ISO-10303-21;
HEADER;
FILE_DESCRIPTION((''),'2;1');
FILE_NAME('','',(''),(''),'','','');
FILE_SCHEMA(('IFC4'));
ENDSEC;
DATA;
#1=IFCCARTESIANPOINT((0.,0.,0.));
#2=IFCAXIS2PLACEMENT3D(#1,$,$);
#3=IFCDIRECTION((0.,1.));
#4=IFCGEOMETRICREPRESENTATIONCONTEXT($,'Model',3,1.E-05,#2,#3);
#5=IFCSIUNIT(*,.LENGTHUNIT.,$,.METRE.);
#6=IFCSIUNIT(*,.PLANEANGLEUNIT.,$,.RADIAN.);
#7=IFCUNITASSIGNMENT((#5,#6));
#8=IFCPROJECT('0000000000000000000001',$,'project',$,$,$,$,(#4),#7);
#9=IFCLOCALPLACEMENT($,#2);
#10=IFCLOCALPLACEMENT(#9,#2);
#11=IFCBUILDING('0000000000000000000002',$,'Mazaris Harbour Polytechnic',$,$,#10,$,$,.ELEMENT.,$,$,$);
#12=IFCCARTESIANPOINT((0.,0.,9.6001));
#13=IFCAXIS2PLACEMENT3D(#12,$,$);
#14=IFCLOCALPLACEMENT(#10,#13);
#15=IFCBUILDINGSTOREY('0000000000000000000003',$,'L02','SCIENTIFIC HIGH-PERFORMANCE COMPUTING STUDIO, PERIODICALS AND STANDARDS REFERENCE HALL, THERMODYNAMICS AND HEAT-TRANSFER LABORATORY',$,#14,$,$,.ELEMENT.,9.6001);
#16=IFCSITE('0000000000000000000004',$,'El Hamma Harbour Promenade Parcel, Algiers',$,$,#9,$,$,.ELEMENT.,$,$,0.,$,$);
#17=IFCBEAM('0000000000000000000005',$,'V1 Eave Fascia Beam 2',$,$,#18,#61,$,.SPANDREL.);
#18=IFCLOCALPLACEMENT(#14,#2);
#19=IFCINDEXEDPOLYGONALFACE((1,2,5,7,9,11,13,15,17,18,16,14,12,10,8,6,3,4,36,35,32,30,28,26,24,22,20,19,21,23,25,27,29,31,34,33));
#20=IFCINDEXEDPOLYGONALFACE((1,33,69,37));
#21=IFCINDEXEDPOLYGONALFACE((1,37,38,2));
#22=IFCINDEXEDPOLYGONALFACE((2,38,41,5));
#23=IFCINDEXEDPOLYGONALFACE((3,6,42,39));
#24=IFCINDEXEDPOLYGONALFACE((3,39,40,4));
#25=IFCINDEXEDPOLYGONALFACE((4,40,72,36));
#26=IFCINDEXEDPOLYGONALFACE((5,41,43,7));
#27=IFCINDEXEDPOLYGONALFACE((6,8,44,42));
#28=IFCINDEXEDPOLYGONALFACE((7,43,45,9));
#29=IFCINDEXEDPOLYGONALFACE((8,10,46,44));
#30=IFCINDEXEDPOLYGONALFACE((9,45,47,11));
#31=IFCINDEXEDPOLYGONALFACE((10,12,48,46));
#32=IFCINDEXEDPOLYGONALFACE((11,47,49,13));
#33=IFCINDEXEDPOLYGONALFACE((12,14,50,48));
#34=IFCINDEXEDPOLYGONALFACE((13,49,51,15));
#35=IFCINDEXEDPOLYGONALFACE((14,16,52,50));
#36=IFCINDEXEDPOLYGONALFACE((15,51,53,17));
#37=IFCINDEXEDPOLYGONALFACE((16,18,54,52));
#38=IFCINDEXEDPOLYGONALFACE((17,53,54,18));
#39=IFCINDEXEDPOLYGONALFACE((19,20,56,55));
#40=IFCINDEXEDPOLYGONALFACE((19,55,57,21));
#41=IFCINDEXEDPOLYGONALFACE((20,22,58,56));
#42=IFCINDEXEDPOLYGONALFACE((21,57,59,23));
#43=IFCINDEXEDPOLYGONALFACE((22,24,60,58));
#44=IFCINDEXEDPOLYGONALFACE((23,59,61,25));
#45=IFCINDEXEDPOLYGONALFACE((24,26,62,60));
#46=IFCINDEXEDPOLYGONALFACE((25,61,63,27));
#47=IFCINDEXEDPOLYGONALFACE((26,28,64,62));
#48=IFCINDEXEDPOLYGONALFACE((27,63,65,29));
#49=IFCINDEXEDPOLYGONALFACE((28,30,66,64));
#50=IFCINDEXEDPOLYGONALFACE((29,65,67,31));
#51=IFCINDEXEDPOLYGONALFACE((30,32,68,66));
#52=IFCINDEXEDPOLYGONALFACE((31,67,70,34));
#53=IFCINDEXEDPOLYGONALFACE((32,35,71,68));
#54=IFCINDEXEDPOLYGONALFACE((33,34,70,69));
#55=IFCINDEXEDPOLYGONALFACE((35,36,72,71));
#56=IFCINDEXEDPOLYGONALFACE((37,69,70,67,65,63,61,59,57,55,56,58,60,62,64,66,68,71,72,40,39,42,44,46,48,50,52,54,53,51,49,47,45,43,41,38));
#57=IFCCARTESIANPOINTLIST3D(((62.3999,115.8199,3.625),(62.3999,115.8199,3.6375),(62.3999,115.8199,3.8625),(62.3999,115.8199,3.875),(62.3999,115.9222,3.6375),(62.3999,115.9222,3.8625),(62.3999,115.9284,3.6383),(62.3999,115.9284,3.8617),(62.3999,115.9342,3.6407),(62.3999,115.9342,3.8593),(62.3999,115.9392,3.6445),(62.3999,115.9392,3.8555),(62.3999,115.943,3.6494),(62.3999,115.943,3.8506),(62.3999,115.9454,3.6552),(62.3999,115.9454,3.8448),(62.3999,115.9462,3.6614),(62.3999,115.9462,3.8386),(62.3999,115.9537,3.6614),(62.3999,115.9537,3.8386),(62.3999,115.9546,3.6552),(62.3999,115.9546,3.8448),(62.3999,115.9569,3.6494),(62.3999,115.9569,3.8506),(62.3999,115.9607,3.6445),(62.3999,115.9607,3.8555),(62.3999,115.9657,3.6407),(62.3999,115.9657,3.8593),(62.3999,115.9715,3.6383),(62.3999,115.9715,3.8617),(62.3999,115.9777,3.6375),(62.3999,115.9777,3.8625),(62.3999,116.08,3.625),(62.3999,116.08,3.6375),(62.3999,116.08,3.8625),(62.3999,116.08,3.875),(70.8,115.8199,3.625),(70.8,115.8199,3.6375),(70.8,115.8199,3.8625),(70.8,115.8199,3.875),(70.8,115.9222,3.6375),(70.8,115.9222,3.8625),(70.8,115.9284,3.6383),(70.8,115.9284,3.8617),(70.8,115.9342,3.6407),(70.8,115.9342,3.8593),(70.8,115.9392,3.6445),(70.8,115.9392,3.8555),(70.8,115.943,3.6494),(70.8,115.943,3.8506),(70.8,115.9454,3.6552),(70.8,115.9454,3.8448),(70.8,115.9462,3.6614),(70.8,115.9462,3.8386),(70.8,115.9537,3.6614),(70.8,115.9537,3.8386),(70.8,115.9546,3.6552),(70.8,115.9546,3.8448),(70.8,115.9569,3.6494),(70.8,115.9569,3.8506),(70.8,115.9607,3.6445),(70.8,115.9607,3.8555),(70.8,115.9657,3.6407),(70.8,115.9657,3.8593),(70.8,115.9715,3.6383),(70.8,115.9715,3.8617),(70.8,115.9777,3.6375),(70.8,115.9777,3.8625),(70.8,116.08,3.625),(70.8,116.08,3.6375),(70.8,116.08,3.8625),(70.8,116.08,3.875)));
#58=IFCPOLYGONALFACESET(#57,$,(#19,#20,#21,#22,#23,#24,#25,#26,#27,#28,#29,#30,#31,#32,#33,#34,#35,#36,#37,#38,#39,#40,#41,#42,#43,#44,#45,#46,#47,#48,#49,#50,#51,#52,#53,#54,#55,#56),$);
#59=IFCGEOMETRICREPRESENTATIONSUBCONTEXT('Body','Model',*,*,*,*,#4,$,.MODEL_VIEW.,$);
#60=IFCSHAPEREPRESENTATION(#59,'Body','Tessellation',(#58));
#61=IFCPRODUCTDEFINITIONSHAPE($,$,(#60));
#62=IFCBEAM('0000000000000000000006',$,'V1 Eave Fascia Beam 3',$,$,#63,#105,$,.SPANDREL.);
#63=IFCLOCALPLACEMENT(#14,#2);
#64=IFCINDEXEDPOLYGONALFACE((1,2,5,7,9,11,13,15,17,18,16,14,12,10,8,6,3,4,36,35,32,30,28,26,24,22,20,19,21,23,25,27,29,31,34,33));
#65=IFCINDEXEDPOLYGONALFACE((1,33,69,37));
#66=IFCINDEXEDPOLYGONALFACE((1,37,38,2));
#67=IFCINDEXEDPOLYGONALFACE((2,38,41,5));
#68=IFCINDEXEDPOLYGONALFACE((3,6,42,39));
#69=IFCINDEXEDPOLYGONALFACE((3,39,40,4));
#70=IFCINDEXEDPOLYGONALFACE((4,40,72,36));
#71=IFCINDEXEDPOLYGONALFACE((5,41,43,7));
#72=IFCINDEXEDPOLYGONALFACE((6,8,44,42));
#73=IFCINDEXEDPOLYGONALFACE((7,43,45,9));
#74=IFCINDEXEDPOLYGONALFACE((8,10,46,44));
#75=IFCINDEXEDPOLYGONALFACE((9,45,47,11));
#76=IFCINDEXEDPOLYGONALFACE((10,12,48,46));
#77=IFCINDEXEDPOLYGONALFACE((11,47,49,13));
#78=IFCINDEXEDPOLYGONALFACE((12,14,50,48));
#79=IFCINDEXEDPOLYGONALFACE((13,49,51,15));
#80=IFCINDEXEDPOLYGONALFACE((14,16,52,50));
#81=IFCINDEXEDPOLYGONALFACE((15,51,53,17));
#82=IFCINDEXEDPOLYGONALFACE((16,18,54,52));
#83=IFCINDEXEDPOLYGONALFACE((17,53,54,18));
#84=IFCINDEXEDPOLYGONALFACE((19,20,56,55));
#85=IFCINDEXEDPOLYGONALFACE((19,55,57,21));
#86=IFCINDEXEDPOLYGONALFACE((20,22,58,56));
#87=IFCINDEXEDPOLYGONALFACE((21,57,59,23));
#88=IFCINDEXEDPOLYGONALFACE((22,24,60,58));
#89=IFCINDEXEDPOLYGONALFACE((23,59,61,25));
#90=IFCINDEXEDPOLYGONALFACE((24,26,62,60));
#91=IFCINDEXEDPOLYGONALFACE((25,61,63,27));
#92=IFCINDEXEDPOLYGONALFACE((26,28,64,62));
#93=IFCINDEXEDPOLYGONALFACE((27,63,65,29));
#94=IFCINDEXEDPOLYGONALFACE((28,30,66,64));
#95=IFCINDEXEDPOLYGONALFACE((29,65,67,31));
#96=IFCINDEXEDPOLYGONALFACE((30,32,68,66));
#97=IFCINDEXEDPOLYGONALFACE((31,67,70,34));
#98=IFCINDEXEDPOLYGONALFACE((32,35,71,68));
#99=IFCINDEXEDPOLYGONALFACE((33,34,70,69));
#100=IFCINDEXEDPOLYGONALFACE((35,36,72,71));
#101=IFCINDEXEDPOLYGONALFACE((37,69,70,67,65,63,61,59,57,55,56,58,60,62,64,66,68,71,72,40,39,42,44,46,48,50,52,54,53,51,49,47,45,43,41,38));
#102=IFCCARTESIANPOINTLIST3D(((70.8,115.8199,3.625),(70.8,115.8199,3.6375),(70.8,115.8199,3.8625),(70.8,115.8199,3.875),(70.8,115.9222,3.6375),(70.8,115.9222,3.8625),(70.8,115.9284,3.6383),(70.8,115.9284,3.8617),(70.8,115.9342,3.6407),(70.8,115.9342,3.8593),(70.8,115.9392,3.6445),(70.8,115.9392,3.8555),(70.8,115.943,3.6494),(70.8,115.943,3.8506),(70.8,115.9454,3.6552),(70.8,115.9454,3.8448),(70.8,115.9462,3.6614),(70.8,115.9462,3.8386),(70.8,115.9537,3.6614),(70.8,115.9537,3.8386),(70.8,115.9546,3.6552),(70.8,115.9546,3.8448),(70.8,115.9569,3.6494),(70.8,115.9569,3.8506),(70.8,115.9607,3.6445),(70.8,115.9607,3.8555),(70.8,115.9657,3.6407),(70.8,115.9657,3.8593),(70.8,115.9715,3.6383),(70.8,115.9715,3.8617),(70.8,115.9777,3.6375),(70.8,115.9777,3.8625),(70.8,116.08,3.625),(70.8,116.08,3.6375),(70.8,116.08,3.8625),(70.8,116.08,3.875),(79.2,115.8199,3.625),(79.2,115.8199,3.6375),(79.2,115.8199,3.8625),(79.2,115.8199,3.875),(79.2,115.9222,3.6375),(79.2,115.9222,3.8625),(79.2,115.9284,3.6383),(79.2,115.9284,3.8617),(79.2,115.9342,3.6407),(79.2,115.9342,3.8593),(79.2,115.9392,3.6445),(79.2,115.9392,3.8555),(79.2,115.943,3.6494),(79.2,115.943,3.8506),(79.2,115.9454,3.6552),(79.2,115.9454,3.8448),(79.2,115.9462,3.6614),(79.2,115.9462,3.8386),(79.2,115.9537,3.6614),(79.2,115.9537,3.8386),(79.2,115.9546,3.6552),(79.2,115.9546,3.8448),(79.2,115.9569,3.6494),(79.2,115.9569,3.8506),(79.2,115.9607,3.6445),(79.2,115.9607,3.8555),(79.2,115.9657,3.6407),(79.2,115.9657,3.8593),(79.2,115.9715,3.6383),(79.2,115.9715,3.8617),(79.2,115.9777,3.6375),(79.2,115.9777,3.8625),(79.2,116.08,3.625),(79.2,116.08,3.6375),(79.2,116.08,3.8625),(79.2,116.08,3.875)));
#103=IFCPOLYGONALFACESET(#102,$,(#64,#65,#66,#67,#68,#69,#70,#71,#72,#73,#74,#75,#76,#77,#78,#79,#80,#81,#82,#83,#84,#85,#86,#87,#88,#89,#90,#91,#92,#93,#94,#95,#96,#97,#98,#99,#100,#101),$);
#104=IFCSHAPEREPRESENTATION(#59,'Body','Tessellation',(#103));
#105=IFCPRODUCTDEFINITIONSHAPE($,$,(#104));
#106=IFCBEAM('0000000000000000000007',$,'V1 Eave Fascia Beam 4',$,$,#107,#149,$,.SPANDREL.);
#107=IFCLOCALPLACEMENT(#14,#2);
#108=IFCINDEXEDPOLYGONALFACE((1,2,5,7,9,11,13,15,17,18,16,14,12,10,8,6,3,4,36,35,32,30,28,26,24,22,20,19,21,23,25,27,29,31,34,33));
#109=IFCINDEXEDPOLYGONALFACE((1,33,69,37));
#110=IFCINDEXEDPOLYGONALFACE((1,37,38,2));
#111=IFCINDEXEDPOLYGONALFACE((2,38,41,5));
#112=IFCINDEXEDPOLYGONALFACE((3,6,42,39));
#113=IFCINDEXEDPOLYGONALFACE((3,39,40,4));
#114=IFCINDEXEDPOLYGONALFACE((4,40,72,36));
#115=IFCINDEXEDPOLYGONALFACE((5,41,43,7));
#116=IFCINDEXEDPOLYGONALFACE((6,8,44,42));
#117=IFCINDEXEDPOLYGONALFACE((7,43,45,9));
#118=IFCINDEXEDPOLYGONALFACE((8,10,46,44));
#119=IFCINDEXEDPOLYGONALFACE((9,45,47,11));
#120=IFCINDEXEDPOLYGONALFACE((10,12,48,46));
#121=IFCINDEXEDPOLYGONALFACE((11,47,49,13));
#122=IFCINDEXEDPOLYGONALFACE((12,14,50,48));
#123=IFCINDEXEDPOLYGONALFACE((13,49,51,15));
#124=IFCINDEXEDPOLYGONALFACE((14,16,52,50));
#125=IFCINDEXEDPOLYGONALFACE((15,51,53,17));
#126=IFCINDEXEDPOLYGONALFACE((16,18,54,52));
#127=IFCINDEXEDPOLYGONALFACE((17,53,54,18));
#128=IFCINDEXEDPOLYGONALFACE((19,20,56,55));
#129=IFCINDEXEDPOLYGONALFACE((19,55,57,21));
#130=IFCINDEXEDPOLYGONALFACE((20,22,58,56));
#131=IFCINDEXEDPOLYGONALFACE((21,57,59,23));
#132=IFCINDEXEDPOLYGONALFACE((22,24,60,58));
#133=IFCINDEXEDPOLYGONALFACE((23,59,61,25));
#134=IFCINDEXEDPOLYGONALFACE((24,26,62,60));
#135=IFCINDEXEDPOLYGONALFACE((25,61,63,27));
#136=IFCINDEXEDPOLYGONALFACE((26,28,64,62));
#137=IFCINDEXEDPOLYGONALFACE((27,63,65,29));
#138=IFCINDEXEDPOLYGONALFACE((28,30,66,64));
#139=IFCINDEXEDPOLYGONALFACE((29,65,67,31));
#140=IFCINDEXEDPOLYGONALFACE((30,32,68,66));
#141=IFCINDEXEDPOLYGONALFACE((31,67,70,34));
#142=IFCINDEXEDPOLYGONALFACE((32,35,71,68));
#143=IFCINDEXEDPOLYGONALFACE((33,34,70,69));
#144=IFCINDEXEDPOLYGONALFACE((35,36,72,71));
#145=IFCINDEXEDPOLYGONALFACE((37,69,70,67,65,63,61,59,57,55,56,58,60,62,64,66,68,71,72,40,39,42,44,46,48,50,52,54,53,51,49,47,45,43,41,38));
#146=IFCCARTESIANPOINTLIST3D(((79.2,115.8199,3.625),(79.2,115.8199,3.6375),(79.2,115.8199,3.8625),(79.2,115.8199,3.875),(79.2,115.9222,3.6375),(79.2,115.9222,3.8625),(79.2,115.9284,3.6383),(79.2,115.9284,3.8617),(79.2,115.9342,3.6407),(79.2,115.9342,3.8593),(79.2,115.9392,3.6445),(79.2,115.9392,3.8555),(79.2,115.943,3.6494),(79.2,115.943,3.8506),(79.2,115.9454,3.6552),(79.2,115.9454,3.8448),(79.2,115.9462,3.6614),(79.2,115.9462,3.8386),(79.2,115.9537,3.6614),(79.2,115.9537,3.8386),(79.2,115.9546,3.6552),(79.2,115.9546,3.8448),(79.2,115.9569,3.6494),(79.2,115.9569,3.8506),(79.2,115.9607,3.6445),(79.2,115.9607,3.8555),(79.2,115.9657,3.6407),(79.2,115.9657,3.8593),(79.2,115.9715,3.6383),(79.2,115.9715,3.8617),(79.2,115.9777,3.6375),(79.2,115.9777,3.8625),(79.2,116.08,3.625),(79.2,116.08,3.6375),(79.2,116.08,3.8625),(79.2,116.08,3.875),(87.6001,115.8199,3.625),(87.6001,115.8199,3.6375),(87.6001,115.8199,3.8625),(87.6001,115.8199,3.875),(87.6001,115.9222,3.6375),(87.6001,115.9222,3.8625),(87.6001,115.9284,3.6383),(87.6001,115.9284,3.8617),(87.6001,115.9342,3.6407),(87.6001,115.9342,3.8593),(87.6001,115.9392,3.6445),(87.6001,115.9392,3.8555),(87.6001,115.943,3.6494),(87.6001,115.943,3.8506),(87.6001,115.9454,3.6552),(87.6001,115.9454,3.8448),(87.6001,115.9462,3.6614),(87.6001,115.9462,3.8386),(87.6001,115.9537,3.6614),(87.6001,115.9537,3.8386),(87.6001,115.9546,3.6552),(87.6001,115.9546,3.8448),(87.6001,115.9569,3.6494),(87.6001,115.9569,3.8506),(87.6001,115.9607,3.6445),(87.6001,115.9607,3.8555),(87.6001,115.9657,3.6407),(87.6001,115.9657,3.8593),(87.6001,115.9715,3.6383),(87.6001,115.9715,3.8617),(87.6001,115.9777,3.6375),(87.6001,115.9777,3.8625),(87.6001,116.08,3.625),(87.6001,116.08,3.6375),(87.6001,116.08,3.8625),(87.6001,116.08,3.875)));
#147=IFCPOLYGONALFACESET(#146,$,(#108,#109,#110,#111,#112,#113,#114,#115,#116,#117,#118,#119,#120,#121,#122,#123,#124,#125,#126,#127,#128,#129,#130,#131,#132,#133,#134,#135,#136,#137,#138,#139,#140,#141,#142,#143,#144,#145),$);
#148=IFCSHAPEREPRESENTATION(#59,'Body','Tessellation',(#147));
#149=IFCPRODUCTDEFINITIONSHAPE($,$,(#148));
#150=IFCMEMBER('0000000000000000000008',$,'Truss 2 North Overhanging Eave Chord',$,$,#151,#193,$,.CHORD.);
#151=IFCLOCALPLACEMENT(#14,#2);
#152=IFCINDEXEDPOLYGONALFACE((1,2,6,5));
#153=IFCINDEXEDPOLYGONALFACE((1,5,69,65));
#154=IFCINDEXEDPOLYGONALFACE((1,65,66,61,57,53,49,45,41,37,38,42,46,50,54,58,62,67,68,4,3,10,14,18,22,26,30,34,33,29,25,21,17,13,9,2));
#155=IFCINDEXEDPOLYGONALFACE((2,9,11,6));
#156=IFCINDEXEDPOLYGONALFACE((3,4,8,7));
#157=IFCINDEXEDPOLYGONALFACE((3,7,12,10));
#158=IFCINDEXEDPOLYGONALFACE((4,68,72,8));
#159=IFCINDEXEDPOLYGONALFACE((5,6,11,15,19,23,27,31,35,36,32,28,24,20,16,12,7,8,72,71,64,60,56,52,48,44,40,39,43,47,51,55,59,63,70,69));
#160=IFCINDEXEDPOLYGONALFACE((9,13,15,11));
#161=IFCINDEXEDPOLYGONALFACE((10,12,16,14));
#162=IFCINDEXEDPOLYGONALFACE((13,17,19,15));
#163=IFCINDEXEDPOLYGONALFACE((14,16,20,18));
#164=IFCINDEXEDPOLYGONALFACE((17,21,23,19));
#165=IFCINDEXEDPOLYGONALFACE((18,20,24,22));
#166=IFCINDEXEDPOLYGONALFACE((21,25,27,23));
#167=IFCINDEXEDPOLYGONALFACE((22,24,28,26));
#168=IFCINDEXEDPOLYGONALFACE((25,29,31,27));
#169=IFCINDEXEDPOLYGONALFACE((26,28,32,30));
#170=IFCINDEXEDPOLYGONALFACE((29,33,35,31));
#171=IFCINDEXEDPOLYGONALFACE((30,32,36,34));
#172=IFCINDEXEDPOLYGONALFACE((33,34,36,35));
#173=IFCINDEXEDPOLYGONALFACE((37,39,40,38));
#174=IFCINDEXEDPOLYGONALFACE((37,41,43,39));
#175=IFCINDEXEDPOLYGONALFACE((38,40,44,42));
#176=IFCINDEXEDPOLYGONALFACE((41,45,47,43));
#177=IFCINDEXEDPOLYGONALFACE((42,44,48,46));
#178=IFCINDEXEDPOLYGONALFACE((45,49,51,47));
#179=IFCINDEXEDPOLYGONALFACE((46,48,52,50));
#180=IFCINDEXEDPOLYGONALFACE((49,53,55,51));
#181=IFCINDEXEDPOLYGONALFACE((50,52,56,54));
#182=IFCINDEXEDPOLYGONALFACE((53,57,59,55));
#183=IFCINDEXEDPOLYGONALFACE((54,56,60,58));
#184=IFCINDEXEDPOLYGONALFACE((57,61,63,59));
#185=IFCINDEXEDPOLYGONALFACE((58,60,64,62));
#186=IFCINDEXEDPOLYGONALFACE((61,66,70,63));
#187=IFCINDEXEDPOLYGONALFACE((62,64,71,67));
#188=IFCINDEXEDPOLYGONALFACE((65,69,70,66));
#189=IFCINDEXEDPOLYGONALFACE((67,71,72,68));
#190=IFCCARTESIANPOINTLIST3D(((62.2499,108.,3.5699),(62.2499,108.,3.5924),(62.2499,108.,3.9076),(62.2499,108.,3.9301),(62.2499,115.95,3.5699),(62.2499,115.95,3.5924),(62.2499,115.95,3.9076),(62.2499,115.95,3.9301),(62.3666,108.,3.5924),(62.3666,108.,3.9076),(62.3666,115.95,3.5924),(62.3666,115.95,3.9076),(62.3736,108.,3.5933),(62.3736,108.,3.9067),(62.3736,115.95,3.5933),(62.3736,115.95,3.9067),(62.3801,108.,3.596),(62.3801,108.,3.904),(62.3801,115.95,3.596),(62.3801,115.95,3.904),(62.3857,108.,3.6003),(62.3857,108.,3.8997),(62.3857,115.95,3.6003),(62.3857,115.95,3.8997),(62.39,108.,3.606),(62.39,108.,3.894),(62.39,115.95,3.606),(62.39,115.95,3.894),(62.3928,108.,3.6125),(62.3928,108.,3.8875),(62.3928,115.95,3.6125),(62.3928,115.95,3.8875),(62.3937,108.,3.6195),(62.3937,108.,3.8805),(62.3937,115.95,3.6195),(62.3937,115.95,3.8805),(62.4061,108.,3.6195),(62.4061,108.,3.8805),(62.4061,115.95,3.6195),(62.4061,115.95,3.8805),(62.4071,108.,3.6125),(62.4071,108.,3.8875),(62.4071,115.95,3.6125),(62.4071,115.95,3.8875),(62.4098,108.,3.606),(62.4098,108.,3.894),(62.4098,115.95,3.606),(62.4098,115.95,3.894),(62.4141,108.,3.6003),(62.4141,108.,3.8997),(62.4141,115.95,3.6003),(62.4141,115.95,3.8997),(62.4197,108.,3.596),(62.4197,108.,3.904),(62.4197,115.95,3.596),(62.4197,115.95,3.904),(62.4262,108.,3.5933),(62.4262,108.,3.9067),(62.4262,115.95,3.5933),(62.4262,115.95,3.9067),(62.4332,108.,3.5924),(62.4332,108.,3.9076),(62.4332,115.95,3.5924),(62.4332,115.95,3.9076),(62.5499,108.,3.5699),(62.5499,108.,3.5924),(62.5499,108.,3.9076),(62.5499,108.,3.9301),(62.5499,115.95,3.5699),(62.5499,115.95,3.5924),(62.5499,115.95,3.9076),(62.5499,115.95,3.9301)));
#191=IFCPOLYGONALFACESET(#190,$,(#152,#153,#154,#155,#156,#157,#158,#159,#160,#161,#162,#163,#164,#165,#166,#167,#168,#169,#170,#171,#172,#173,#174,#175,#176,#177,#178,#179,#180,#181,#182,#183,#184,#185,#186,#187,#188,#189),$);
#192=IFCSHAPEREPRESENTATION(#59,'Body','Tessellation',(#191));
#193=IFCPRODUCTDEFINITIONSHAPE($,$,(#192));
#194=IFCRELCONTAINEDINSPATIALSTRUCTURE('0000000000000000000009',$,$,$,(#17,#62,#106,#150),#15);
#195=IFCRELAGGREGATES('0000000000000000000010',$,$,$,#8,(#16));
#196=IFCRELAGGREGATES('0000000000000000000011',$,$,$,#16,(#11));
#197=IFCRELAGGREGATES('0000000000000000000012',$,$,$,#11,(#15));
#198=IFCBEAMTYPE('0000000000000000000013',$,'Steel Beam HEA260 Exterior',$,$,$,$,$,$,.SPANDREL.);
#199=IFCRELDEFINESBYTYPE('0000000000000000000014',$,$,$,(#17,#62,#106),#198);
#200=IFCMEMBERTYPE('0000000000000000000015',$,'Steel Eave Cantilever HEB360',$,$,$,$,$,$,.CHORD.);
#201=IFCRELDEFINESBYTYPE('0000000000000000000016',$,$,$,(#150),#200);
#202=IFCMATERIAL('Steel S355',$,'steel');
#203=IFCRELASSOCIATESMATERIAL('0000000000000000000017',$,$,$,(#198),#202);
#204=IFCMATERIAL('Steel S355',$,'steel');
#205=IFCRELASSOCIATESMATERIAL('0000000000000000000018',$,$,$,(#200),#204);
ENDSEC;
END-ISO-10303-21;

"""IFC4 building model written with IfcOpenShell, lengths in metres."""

from ifc_helpers import new_model, si_unit, direction, frame, origin, origin_2d, place, context, subcontext, project, spatial, i_section, extrude, material, material_profile, profile_set, type_object, element, save


model = new_model("IFC4")

# Units and contexts
model_context = context("Model", 3, precision=1e-05, world=origin(), true_north=direction((0.0, 1.0)))
body_context = subcontext(model_context, "Body", "Model", "MODEL_VIEW")
ifc_project = project(units=[si_unit("LENGTHUNIT", "METRE"), si_unit("PLANEANGLEUNIT", "RADIAN")], contexts=[model_context])

# Site, building, storey
site_placement = place(None, origin())
site = spatial("IfcSite", under=ifc_project, at=site_placement, Name="El Hamma Harbour Promenade Parcel, Algiers", CompositionType="ELEMENT", RefElevation=0.0)
building_placement = place(site_placement, origin())
building = spatial("IfcBuilding", under=site, at=building_placement, Name="Mazaris Harbour Polytechnic", CompositionType="ELEMENT")
storey_placement = place(building_placement, frame((0.0, 0.0, 9.6001)))
storey = spatial("IfcBuildingStorey", under=building, at=storey_placement, Name="L02", Description="SCIENTIFIC HIGH-PERFORMANCE COMPUTING STUDIO, PERIODICALS AND STANDARDS REFERENCE HALL, THERMODYNAMICS AND HEAT-TRANSFER LABORATORY", CompositionType="ELEMENT", Elevation=9.6001)

# Beams
ifc_material_1 = material(Name="Steel S355", Category="steel")
ifc_material_profile_1 = material_profile(ifc_material_1, i_section(OverallWidth=0.26, OverallDepth=0.25, WebThickness=0.0076, FlangeThickness=0.0125, FilletRadius=0.0239, at=origin_2d()), Name="HEA 260")
ifc_profile_set_1 = profile_set([ifc_material_profile_1], Name="Steel S355")
beam_type = type_object("IfcBeamType", Name="Steel Beam HEA260 Exterior", PredefinedType="SPANDREL", material=ifc_profile_set_1)
beam_1_placement = place(storey_placement, frame((62.3999, 115.95, 3.75), z_axis=(1.0, 0.0, 0.0), x_axis=(0.0, 1.0, 0.0)))
element("IfcBeam", 1, at=beam_1_placement, inside=storey, type_object=beam_type, Name="V1 Eave Fascia Beam 2", PredefinedType="SPANDREL", context=body_context, shape_type="SweptSolid", body=[
    extrude(i_section(OverallWidth=0.26, OverallDepth=0.25, WebThickness=0.0076, FlangeThickness=0.0125, FilletRadius=0.0239, at=origin_2d()), origin(), (0.0, 0.0, 1.0), 8.4001),
])
beam_2_placement = place(storey_placement, frame((70.8, 115.95, 3.75), z_axis=(1.0, 0.0, 0.0), x_axis=(0.0, 1.0, 0.0)))
element("IfcBeam", 2, at=beam_2_placement, inside=storey, type_object=beam_type, Name="V1 Eave Fascia Beam 3", PredefinedType="SPANDREL", context=body_context, shape_type="SweptSolid", body=[
    extrude(i_section(OverallWidth=0.26, OverallDepth=0.25, WebThickness=0.0076, FlangeThickness=0.0125, FilletRadius=0.0239, at=origin_2d()), origin(), (0.0, 0.0, 1.0), 8.3999),
])
beam_3_placement = place(storey_placement, frame((79.2, 115.95, 3.75), z_axis=(1.0, 0.0, 0.0), x_axis=(0.0, 1.0, 0.0)))
element("IfcBeam", 3, at=beam_3_placement, inside=storey, type_object=beam_type, Name="V1 Eave Fascia Beam 4", PredefinedType="SPANDREL", context=body_context, shape_type="SweptSolid", body=[
    extrude(i_section(OverallWidth=0.26, OverallDepth=0.25, WebThickness=0.0076, FlangeThickness=0.0125, FilletRadius=0.0239, at=origin_2d()), origin(), (0.0, 0.0, 1.0), 8.4001),
])

# Member
ifc_material_2 = material(Name="Steel S355", Category="steel")
ifc_material_profile_2 = material_profile(ifc_material_2, i_section(OverallWidth=0.3, OverallDepth=0.3601, WebThickness=0.0125, FlangeThickness=0.0225, FilletRadius=0.0271, at=origin_2d()), Name="HEB 360")
ifc_profile_set_2 = profile_set([ifc_material_profile_2], Name="Steel S355")
member_type_1 = type_object("IfcMemberType", Name="Steel Eave Cantilever HEB360", PredefinedType="CHORD", material=ifc_profile_set_2)
for number, where, z_axis, x_axis, name in (
    (4, (62.3999, 108.0, 3.75), (0.0, 1.0, 0.0), (-1.0, 0.0, 0.0), "Truss 2 North Overhanging Eave Chord"),
):
    element("IfcMember", number, at=place(storey_placement, frame(where, z_axis=z_axis, x_axis=x_axis)), inside=storey, type_object=member_type_1, Name=name, PredefinedType="CHORD", context=body_context, shape_type="SweptSolid", body=[
        extrude(i_section(OverallWidth=0.3, OverallDepth=0.3601, WebThickness=0.0125, FlangeThickness=0.0225, FilletRadius=0.0271, at=origin_2d()), origin(), (0.0, 0.0, 1.0), 7.95),
    ])

save(model, "model.ifc")
